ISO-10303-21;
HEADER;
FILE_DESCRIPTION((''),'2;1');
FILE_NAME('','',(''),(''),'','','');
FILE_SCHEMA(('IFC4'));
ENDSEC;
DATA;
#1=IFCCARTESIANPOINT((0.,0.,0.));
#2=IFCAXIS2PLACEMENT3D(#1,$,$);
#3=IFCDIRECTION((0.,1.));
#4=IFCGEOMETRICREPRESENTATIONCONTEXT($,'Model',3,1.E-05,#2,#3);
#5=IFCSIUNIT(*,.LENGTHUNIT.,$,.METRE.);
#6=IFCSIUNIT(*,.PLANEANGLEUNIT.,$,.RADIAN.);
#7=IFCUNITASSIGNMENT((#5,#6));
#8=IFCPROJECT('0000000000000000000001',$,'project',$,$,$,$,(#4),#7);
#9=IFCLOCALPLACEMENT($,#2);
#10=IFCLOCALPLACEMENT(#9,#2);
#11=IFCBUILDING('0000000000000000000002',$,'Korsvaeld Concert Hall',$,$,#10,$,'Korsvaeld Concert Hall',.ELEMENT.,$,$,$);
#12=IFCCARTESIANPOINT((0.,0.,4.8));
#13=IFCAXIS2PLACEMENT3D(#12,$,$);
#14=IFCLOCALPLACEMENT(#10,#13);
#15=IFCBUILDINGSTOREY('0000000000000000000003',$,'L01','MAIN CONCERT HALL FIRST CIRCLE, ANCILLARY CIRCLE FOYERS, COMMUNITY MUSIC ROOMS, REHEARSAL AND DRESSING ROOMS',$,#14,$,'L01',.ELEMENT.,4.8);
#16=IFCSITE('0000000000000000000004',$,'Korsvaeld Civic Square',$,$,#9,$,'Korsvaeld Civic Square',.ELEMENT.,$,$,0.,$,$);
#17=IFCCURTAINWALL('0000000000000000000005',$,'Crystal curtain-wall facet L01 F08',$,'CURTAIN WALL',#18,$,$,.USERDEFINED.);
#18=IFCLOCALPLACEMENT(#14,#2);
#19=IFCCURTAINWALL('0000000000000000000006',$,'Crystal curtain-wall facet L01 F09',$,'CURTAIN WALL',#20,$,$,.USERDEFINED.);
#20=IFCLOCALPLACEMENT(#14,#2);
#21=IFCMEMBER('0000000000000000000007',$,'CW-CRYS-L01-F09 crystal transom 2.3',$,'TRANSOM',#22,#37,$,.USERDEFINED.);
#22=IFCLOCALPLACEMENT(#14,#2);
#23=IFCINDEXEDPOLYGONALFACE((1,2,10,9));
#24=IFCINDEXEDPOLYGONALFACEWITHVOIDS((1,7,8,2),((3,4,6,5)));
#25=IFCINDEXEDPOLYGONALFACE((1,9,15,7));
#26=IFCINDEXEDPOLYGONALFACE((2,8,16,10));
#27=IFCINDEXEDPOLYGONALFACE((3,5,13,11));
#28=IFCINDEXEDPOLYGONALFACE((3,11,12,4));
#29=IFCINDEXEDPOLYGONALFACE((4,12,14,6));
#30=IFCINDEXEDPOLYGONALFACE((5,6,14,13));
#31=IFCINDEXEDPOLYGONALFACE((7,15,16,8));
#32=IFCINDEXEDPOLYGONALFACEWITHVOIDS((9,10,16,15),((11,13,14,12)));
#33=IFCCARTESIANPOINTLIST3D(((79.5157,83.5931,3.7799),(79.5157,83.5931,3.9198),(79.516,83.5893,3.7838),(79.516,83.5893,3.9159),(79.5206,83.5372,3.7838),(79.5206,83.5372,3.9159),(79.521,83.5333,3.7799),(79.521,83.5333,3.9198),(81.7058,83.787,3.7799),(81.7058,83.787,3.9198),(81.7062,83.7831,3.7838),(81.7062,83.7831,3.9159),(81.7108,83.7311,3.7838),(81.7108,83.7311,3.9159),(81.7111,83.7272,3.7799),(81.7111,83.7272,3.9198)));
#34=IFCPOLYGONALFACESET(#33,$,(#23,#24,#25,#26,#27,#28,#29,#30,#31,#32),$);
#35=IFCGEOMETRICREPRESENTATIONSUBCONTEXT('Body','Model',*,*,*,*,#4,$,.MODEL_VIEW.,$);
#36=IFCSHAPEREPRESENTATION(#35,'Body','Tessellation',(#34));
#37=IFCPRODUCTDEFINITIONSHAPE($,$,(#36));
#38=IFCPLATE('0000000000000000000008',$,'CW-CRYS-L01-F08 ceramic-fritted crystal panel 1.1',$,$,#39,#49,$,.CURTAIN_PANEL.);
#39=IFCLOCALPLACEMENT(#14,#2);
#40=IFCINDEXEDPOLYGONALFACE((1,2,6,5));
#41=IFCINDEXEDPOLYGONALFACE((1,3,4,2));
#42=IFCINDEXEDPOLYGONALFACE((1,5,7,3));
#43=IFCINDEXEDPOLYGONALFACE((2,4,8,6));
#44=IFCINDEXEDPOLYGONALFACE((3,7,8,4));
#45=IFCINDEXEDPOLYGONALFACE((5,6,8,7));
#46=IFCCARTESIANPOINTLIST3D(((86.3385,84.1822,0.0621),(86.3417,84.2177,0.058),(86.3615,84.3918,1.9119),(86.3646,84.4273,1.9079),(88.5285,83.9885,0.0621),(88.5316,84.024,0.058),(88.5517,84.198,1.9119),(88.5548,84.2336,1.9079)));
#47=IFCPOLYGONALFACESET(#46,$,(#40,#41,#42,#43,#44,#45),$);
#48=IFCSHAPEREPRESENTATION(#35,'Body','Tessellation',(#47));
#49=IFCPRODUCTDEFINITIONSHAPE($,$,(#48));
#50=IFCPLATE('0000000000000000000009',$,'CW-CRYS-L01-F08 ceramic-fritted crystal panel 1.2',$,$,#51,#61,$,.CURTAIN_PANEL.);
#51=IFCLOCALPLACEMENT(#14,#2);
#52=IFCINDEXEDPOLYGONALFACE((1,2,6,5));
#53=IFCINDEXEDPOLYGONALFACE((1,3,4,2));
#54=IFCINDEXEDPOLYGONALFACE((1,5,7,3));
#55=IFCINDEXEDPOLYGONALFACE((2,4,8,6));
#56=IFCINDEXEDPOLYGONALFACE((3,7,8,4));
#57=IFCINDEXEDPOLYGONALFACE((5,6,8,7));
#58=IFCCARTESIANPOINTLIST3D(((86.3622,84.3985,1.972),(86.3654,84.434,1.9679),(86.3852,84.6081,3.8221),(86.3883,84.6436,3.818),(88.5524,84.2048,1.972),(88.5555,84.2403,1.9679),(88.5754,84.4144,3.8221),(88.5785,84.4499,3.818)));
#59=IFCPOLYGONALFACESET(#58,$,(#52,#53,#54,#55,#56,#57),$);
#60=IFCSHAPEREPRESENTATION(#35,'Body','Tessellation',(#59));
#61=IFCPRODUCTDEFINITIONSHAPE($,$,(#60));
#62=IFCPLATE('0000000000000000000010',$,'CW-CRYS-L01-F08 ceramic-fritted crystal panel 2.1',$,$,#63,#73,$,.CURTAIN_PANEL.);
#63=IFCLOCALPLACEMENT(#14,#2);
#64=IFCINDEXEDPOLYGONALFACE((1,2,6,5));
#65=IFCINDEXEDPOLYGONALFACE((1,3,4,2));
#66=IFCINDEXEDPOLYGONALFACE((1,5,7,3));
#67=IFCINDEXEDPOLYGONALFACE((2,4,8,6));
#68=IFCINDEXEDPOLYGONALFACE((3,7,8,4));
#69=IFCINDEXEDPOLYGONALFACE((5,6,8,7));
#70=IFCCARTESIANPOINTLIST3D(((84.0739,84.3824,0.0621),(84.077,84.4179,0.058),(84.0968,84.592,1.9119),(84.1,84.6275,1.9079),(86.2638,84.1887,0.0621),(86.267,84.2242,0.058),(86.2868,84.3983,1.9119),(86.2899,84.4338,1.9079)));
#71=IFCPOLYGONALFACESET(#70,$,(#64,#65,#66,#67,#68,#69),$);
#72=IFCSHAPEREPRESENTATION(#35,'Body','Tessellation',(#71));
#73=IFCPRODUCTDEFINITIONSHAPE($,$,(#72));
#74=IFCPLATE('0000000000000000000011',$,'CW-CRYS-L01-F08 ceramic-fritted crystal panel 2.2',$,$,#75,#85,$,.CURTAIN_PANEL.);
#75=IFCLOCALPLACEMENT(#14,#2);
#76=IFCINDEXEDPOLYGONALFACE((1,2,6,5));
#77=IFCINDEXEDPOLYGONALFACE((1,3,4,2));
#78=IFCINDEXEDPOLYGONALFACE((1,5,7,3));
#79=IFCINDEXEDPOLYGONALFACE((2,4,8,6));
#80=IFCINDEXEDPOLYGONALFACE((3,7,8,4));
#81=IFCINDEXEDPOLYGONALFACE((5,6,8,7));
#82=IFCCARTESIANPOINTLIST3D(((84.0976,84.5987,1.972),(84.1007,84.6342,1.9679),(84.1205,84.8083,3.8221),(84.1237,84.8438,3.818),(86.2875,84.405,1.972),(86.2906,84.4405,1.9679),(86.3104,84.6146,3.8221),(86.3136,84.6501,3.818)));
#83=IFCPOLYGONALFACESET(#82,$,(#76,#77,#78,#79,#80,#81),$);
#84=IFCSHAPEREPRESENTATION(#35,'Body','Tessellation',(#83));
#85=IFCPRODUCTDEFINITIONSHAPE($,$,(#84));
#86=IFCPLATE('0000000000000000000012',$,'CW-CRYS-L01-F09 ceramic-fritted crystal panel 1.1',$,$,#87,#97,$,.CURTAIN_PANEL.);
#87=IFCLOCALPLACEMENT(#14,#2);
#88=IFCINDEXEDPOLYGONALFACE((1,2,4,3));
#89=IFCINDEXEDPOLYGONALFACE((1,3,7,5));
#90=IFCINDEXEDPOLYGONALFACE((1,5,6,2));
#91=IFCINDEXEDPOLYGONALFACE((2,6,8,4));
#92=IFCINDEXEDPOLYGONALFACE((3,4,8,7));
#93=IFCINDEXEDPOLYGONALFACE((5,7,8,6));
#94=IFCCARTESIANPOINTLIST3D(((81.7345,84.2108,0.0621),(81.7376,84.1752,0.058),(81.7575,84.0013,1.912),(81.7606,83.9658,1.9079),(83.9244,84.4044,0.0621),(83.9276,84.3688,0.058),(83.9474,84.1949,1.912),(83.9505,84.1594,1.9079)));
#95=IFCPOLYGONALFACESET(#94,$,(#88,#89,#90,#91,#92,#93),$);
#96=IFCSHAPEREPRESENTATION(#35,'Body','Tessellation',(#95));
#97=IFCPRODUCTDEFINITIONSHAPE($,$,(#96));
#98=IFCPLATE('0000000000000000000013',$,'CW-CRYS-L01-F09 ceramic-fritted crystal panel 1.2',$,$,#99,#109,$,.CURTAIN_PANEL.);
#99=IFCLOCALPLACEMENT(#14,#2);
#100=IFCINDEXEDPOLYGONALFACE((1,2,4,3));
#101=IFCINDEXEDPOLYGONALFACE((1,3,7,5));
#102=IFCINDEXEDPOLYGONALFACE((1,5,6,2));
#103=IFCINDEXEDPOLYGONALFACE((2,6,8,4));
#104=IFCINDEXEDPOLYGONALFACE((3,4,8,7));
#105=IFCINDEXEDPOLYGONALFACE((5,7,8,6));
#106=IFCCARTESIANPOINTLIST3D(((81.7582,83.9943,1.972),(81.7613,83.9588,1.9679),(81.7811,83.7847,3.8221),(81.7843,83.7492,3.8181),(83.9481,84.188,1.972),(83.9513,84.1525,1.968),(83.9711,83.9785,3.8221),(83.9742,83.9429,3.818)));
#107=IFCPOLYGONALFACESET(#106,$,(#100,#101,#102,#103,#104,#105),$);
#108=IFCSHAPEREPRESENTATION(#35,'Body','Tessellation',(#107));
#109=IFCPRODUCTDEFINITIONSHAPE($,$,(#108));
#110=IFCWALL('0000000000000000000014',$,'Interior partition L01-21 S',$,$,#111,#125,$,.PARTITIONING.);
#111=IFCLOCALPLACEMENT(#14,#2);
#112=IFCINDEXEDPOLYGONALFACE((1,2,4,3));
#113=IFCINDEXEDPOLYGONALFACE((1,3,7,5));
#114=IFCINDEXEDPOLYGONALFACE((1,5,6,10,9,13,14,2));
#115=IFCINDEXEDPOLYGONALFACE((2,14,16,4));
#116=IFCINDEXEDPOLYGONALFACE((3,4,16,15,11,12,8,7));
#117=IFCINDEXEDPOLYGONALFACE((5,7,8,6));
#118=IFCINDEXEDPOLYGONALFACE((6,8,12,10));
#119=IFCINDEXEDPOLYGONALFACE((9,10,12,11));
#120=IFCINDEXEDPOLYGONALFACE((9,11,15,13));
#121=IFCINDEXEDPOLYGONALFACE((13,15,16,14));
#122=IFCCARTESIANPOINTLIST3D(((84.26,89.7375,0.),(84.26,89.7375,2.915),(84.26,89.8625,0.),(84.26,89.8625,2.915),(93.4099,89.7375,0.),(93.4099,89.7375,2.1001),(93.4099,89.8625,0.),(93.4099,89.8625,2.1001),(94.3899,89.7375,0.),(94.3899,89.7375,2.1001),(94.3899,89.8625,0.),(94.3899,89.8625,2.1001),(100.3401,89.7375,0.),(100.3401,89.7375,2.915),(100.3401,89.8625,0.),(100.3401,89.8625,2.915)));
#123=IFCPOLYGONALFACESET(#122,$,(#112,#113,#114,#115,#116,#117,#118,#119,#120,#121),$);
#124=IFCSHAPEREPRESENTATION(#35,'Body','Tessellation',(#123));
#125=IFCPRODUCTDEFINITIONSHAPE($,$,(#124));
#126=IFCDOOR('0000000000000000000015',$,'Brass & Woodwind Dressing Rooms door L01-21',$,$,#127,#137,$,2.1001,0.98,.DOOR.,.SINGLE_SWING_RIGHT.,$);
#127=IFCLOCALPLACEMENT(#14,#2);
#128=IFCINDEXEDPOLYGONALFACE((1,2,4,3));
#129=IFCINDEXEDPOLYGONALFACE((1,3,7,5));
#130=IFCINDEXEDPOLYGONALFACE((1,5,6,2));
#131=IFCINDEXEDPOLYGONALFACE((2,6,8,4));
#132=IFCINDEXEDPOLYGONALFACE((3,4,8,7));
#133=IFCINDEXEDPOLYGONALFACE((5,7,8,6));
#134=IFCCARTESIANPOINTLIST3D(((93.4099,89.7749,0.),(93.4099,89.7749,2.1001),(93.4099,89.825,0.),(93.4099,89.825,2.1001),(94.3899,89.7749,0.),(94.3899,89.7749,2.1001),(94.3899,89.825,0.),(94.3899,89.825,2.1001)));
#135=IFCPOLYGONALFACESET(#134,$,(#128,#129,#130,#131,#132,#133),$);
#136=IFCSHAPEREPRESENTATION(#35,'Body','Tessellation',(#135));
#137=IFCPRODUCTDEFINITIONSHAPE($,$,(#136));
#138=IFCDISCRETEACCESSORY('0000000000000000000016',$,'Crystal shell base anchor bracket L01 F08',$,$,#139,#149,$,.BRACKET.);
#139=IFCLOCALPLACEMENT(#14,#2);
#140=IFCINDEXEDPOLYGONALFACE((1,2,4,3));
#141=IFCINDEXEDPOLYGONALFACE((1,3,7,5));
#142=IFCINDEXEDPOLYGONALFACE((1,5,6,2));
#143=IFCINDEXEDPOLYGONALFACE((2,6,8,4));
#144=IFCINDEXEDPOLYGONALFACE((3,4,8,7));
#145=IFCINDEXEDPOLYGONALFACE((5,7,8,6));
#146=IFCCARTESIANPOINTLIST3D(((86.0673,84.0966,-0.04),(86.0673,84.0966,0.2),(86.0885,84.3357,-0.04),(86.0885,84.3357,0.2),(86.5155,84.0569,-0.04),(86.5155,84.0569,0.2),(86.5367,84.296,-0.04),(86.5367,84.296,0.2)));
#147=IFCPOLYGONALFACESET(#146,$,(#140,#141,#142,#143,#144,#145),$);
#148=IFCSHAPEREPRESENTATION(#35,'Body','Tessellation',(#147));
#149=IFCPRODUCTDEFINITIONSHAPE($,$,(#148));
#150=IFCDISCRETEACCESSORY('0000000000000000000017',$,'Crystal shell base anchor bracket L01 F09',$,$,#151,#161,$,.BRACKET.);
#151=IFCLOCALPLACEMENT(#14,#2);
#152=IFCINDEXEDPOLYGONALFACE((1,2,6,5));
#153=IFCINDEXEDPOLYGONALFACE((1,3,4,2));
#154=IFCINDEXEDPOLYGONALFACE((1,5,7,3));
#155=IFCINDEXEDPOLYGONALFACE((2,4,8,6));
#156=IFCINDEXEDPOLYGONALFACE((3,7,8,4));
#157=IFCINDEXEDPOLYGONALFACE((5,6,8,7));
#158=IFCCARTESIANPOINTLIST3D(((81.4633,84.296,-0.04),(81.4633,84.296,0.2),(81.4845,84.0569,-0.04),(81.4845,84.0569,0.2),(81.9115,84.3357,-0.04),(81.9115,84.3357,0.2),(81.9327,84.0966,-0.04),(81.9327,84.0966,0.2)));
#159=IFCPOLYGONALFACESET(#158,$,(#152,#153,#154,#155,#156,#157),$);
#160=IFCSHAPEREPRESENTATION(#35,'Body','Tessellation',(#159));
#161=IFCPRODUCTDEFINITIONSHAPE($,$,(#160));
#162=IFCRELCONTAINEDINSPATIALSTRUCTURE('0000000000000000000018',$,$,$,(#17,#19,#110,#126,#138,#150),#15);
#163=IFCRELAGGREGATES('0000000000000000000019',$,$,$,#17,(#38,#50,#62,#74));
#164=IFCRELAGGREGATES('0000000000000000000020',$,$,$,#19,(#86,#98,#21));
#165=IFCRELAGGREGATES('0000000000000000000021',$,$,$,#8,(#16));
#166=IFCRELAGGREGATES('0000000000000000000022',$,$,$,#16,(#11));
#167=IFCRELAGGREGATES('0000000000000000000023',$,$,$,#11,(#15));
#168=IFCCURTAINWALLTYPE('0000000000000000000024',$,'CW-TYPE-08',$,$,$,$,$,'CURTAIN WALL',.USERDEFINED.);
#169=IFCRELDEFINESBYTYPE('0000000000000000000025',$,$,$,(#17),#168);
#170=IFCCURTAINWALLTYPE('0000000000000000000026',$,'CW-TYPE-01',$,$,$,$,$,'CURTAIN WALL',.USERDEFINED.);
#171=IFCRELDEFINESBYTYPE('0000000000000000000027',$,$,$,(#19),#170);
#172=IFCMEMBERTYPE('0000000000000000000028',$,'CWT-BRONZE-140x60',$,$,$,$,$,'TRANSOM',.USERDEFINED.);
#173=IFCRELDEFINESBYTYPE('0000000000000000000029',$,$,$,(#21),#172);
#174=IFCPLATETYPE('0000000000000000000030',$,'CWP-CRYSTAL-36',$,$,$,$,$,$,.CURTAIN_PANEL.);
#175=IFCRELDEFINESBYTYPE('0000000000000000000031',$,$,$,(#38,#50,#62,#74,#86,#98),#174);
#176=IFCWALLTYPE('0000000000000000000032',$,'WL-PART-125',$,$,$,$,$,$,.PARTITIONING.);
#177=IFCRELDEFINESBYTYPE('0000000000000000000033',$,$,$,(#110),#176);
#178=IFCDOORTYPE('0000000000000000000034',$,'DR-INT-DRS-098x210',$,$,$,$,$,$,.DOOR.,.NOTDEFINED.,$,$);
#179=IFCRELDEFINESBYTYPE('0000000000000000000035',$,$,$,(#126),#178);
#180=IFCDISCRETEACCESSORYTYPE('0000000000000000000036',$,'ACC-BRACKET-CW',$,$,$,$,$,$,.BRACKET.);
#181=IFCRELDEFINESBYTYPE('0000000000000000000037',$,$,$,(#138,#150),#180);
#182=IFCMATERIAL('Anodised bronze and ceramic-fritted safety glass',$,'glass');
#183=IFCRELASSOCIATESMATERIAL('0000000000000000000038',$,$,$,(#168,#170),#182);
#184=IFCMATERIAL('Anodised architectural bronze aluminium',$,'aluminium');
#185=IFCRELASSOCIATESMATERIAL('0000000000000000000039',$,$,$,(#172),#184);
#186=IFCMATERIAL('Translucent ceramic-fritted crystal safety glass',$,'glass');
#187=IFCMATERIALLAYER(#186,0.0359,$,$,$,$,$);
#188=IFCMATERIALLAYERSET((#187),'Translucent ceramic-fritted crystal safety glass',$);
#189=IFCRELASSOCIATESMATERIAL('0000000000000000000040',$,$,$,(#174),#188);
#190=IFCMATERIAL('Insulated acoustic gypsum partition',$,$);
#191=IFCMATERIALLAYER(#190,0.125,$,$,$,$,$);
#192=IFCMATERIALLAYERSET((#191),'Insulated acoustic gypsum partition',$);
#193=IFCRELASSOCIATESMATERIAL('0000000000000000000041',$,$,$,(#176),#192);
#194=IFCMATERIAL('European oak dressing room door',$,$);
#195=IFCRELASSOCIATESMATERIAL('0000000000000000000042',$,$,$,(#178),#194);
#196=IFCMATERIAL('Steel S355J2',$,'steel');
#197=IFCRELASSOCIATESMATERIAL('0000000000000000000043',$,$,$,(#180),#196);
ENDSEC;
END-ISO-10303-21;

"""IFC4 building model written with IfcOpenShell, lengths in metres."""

from ifc_helpers import new_model, si_unit, direction, frame, frame_2d, origin, origin_2d, place, context, subcontext, project, spatial, polyline, rectangle, hollow_rectangle, outline, extrude, material, layer, layer_set, material_profile, profile_set, type_object, element, fill, aggregate, save


model = new_model("IFC4")

# Units and contexts
model_context = context("Model", 3, precision=1e-05, world=origin(), true_north=direction((0.0, 1.0)))
body_context = subcontext(model_context, "Body", "Model", "MODEL_VIEW")
ifc_project = project(units=[si_unit("LENGTHUNIT", "METRE"), si_unit("PLANEANGLEUNIT", "RADIAN")], contexts=[model_context])

# Site, building, storey
site_placement = place(None, origin())
site = spatial("IfcSite", under=ifc_project, at=site_placement, Name="Korsvaeld Civic Square", LongName="Korsvaeld Civic Square", CompositionType="ELEMENT", RefElevation=0.0)
building_placement = place(site_placement, origin())
building = spatial("IfcBuilding", under=site, at=building_placement, Name="Korsvaeld Concert Hall", LongName="Korsvaeld Concert Hall", CompositionType="ELEMENT")
storey_placement = place(building_placement, frame((0.0, 0.0, 4.8)))
storey = spatial("IfcBuildingStorey", under=building, at=storey_placement, Name="L01", Description="MAIN CONCERT HALL FIRST CIRCLE, ANCILLARY CIRCLE FOYERS, COMMUNITY MUSIC ROOMS, REHEARSAL AND DRESSING ROOMS", LongName="L01", CompositionType="ELEMENT", Elevation=4.8)

# Shared definitions
ifc_material_1 = material(Name="Steel S355J2", Category="steel")

# Curtain wall
ifc_material_2 = material(Name="Anodised bronze and ceramic-fritted safety glass", Category="glass")
curtain_wall_type_1 = type_object("IfcCurtainWallType", Name="CW-TYPE-08", ElementType="CURTAIN WALL", PredefinedType="USERDEFINED", material=ifc_material_2)
curtain_wall_1_placement = place(storey_placement, origin())
curtain_wall_1 = element("IfcCurtainWall", 1, at=curtain_wall_1_placement, inside=storey, type_object=curtain_wall_type_1, Name="Crystal curtain-wall facet L01 F08", ObjectType="CURTAIN WALL", PredefinedType="USERDEFINED")
ifc_material_3 = material(Name="Anodised architectural bronze aluminium", Category="aluminium")

# Curtain wall
curtain_wall_type_2 = type_object("IfcCurtainWallType", Name="CW-TYPE-01", ElementType="CURTAIN WALL", PredefinedType="USERDEFINED", material=ifc_material_2)
curtain_wall_2_placement = place(storey_placement, origin())
curtain_wall_2 = element("IfcCurtainWall", 2, at=curtain_wall_2_placement, inside=storey, type_object=curtain_wall_type_2, Name="Crystal curtain-wall facet L01 F09", ObjectType="CURTAIN WALL", PredefinedType="USERDEFINED")

# Member
ifc_material_profile_1 = material_profile(ifc_material_3, hollow_rectangle(XDim=0.0601, YDim=0.1399, WallThickness=0.0039, at=origin_2d()), Name="CWT 140x60x4")
ifc_profile_set_1 = profile_set([ifc_material_profile_1], Name="Anodised architectural bronze aluminium")
member_type_1 = type_object("IfcMemberType", Name="CWT-BRONZE-140x60", ElementType="TRANSOM", PredefinedType="USERDEFINED", material=ifc_profile_set_1)
member_1_placement = place(storey_placement, frame((81.7085, 83.7571, 3.8499), z_axis=(-0.996106, -0.088163, 0.0), x_axis=(0.088163, -0.996106, 0.0)))
member_1 = element("IfcMember", 3, at=member_1_placement, type_object=member_type_1, Name="CW-CRYS-L01-F09 crystal transom 2.3", ObjectType="TRANSOM", PredefinedType="USERDEFINED", context=body_context, shape_type="SweptSolid", body=[
    extrude(hollow_rectangle(XDim=0.0601, YDim=0.1399, WallThickness=0.0039, at=origin_2d()), origin(), (0.0, 0.0, 1.0), 2.1987),
])

# Plates
ifc_material_4 = material(Name="Translucent ceramic-fritted crystal safety glass", Category="glass")
ifc_layer_1 = layer(ifc_material_4, 0.0359)
ifc_layer_set_1 = layer_set([ifc_layer_1], Name="Translucent ceramic-fritted crystal safety glass")
plate_type = type_object("IfcPlateType", Name="CWP-CRYSTAL-36", PredefinedType="CURTAIN_PANEL", material=ifc_layer_set_1)
plate_1_placement = place(storey_placement, frame((88.53, 84.0061, 0.0601), z_axis=(0.087546, 0.989704, -0.113229), x_axis=(-0.996111, 0.088112, -0.000006)))
plate_1 = element("IfcPlate", 4, at=plate_1_placement, type_object=plate_type, Name="CW-CRYS-L01-F08 ceramic-fritted crystal panel 1.1", PredefinedType="CURTAIN_PANEL", context=body_context, shape_type="SweptSolid", body=[
    extrude(outline(polyline([(0.0, 0.0), (2.1985, 0.0), (2.1941, 1.8618), (-0.0047, 1.8618), (0.0, 0.0)])), frame((0.0, 0.0, 0.0181)), (0.0, 0.0, -1.0), 0.0359),
])
plate_2_placement = place(storey_placement, frame((88.554, 84.2224, 1.97), z_axis=(0.087541, 0.989707, -0.113208), x_axis=(-0.996111, 0.088107, -0.000006)))
plate_2 = element("IfcPlate", 5, at=plate_2_placement, type_object=plate_type, Name="CW-CRYS-L01-F08 ceramic-fritted crystal panel 1.2", PredefinedType="CURTAIN_PANEL", context=body_context, shape_type="SweptSolid", body=[
    extrude(outline(polyline([(0.0, 0.0), (2.1987, 0.0), (2.1943, 1.8621), (-0.0044, 1.8621), (0.0, 0.0)])), frame((0.0, 0.0, 0.0181)), (0.0, 0.0, -1.0), 0.0359),
])
plate_3_placement = place(storey_placement, frame((86.2654, 84.2063, 0.0601), z_axis=(0.087551, 0.989705, -0.113223), x_axis=(-0.99611, 0.088118, 0.000006)))
plate_3 = element("IfcPlate", 6, at=plate_3_placement, type_object=plate_type, Name="CW-CRYS-L01-F08 ceramic-fritted crystal panel 2.1", PredefinedType="CURTAIN_PANEL", context=body_context, shape_type="SweptSolid", body=[
    extrude(outline(polyline([(0.0, 0.0), (2.1985, 0.0), (2.1941, 1.8618), (-0.0044, 1.8618), (0.0, 0.0)])), frame((0.0, 0.0, 0.0181)), (0.0, 0.0, -1.0), 0.0359),
])
plate_4_placement = place(storey_placement, frame((86.2891, 84.4226, 1.97), z_axis=(0.087551, 0.989706, -0.113208), x_axis=(-0.99611, 0.088118, 0.000006)))
plate_4 = element("IfcPlate", 7, at=plate_4_placement, type_object=plate_type, Name="CW-CRYS-L01-F08 ceramic-fritted crystal panel 2.2", PredefinedType="CURTAIN_PANEL", context=body_context, shape_type="SweptSolid", body=[
    extrude(outline(polyline([(0.0, 0.0), (2.1985, 0.0), (2.1941, 1.8621), (-0.0044, 1.8621), (0.0, 0.0)])), frame((0.0, 0.0, 0.0181)), (0.0, 0.0, -1.0), 0.0359),
])
aggregate(curtain_wall_1, [plate_1, plate_2, plate_3, plate_4])
plate_5_placement = place(storey_placement, frame((83.926, 84.3865, 0.0601), z_axis=(-0.087497, 0.989717, 0.113158), x_axis=(-0.996115, -0.088062, 0.0)))
plate_5 = element("IfcPlate", 8, at=plate_5_placement, type_object=plate_type, Name="CW-CRYS-L01-F09 ceramic-fritted crystal panel 1.1", PredefinedType="CURTAIN_PANEL", context=body_context, shape_type="SweptSolid", body=[
    extrude(outline(polyline([(0.0, 0.0), (2.1985, 0.0), (2.1941, 1.8618), (-0.0044, 1.8618), (0.0, 0.0)])), frame((0.0, 0.0, 0.0181)), (0.0, 0.0, -1.0), 0.0359),
])
plate_6_placement = place(storey_placement, frame((83.9497, 84.1702, 1.97), z_axis=(-0.087551, 0.989706, 0.113208), x_axis=(-0.99611, -0.088117, -0.000006)))
plate_6 = element("IfcPlate", 9, at=plate_6_placement, type_object=plate_type, Name="CW-CRYS-L01-F09 ceramic-fritted crystal panel 1.2", PredefinedType="CURTAIN_PANEL", context=body_context, shape_type="SweptSolid", body=[
    extrude(outline(polyline([(0.0, 0.0), (2.1985, 0.0), (2.1941, 1.8621), (-0.0044, 1.8621), (0.0, 0.0)])), frame((0.0, 0.0, 0.0181)), (0.0, 0.0, -1.0), 0.0359),
])
aggregate(curtain_wall_2, [plate_5, plate_6, member_1])

# Wall, opening, door
ifc_material_5 = material(Name="Insulated acoustic gypsum partition")
ifc_layer_2 = layer(ifc_material_5, 0.125)
ifc_layer_set_2 = layer_set([ifc_layer_2], Name="Insulated acoustic gypsum partition")
wall_type = type_object("IfcWallType", Name="WL-PART-125", PredefinedType="PARTITIONING", material=ifc_layer_set_2)
wall_placement = place(storey_placement, frame((84.26, 89.8, 0.0), z_axis=(0.0, 0.0, 1.0), x_axis=(1.0, 0.0, 0.0)))
wall = element("IfcWall", 10, at=wall_placement, inside=storey, type_object=wall_type, Name="Interior partition L01-21 S", PredefinedType="PARTITIONING", context=body_context, shape_type="SweptSolid", body=[
    extrude(rectangle(XDim=16.0801, YDim=0.125, at=frame_2d((8.04, 0.0))), origin(), (0.0, 0.0, 1.0), 2.915),
])
opening_placement = place(wall_placement, frame((9.1499, 0.0, 0.0)))
opening = element("IfcOpeningElement", 11, at=opening_placement, cuts=wall, PredefinedType="OPENING", context=body_context, shape_type="SweptSolid", body=[
    extrude(rectangle(XDim=0.98, YDim=2.1001, at=frame_2d((0.49, 1.05))), frame((0.0, 0.0725, 0.0), z_axis=(0.0, -1.0, 0.0), x_axis=(1.0, 0.0, 0.0)), (0.0, 0.0, 1.0), 0.145),
])
ifc_material_6 = material(Name="European oak dressing room door")
door_type = type_object("IfcDoorType", Name="DR-INT-DRS-098x210", OperationType="NOTDEFINED", PredefinedType="DOOR", material=ifc_material_6)
door_placement = place(opening_placement, origin())
door = element("IfcDoor", 12, at=door_placement, inside=storey, type_object=door_type, Name="Brass & Woodwind Dressing Rooms door L01-21", OperationType="SINGLE_SWING_RIGHT", OverallHeight=2.1001, OverallWidth=0.98, PredefinedType="DOOR", context=body_context, shape_type="SweptSolid", body=[
    extrude(rectangle(XDim=0.98, YDim=2.1001, at=frame_2d((0.49, 1.05))), frame((0.0, 0.0249, 0.0), z_axis=(0.0, -1.0, 0.0), x_axis=(1.0, 0.0, 0.0)), (0.0, 0.0, 1.0), 0.05),
])
fill(opening, door)

# Discrete accessories
discrete_accessory_type = type_object("IfcDiscreteAccessoryType", Name="ACC-BRACKET-CW", PredefinedType="BRACKET", material=ifc_material_1)
for number, where, z_axis, x_axis, name in (
    (13, (86.302, 84.1963, -0.04), (0.0, 0.0, 1.0), (-0.996103, 0.088199, 0.0), "Crystal shell base anchor bracket L01 F08"),
    (14, (81.698, 84.1963, -0.04), (0.0, 0.0, 1.0), (-0.996103, -0.088199, 0.0), "Crystal shell base anchor bracket L01 F09"),
):
    element("IfcDiscreteAccessory", number, at=place(storey_placement, frame(where, z_axis=z_axis, x_axis=x_axis)), inside=storey, type_object=discrete_accessory_type, Name=name, PredefinedType="BRACKET", context=body_context, shape_type="SweptSolid", body=[
        extrude(rectangle(XDim=0.45, YDim=0.24, at=origin_2d()), origin(), (0.0, 0.0, 1.0), 0.24),
    ])

save(model, "model.ifc")
